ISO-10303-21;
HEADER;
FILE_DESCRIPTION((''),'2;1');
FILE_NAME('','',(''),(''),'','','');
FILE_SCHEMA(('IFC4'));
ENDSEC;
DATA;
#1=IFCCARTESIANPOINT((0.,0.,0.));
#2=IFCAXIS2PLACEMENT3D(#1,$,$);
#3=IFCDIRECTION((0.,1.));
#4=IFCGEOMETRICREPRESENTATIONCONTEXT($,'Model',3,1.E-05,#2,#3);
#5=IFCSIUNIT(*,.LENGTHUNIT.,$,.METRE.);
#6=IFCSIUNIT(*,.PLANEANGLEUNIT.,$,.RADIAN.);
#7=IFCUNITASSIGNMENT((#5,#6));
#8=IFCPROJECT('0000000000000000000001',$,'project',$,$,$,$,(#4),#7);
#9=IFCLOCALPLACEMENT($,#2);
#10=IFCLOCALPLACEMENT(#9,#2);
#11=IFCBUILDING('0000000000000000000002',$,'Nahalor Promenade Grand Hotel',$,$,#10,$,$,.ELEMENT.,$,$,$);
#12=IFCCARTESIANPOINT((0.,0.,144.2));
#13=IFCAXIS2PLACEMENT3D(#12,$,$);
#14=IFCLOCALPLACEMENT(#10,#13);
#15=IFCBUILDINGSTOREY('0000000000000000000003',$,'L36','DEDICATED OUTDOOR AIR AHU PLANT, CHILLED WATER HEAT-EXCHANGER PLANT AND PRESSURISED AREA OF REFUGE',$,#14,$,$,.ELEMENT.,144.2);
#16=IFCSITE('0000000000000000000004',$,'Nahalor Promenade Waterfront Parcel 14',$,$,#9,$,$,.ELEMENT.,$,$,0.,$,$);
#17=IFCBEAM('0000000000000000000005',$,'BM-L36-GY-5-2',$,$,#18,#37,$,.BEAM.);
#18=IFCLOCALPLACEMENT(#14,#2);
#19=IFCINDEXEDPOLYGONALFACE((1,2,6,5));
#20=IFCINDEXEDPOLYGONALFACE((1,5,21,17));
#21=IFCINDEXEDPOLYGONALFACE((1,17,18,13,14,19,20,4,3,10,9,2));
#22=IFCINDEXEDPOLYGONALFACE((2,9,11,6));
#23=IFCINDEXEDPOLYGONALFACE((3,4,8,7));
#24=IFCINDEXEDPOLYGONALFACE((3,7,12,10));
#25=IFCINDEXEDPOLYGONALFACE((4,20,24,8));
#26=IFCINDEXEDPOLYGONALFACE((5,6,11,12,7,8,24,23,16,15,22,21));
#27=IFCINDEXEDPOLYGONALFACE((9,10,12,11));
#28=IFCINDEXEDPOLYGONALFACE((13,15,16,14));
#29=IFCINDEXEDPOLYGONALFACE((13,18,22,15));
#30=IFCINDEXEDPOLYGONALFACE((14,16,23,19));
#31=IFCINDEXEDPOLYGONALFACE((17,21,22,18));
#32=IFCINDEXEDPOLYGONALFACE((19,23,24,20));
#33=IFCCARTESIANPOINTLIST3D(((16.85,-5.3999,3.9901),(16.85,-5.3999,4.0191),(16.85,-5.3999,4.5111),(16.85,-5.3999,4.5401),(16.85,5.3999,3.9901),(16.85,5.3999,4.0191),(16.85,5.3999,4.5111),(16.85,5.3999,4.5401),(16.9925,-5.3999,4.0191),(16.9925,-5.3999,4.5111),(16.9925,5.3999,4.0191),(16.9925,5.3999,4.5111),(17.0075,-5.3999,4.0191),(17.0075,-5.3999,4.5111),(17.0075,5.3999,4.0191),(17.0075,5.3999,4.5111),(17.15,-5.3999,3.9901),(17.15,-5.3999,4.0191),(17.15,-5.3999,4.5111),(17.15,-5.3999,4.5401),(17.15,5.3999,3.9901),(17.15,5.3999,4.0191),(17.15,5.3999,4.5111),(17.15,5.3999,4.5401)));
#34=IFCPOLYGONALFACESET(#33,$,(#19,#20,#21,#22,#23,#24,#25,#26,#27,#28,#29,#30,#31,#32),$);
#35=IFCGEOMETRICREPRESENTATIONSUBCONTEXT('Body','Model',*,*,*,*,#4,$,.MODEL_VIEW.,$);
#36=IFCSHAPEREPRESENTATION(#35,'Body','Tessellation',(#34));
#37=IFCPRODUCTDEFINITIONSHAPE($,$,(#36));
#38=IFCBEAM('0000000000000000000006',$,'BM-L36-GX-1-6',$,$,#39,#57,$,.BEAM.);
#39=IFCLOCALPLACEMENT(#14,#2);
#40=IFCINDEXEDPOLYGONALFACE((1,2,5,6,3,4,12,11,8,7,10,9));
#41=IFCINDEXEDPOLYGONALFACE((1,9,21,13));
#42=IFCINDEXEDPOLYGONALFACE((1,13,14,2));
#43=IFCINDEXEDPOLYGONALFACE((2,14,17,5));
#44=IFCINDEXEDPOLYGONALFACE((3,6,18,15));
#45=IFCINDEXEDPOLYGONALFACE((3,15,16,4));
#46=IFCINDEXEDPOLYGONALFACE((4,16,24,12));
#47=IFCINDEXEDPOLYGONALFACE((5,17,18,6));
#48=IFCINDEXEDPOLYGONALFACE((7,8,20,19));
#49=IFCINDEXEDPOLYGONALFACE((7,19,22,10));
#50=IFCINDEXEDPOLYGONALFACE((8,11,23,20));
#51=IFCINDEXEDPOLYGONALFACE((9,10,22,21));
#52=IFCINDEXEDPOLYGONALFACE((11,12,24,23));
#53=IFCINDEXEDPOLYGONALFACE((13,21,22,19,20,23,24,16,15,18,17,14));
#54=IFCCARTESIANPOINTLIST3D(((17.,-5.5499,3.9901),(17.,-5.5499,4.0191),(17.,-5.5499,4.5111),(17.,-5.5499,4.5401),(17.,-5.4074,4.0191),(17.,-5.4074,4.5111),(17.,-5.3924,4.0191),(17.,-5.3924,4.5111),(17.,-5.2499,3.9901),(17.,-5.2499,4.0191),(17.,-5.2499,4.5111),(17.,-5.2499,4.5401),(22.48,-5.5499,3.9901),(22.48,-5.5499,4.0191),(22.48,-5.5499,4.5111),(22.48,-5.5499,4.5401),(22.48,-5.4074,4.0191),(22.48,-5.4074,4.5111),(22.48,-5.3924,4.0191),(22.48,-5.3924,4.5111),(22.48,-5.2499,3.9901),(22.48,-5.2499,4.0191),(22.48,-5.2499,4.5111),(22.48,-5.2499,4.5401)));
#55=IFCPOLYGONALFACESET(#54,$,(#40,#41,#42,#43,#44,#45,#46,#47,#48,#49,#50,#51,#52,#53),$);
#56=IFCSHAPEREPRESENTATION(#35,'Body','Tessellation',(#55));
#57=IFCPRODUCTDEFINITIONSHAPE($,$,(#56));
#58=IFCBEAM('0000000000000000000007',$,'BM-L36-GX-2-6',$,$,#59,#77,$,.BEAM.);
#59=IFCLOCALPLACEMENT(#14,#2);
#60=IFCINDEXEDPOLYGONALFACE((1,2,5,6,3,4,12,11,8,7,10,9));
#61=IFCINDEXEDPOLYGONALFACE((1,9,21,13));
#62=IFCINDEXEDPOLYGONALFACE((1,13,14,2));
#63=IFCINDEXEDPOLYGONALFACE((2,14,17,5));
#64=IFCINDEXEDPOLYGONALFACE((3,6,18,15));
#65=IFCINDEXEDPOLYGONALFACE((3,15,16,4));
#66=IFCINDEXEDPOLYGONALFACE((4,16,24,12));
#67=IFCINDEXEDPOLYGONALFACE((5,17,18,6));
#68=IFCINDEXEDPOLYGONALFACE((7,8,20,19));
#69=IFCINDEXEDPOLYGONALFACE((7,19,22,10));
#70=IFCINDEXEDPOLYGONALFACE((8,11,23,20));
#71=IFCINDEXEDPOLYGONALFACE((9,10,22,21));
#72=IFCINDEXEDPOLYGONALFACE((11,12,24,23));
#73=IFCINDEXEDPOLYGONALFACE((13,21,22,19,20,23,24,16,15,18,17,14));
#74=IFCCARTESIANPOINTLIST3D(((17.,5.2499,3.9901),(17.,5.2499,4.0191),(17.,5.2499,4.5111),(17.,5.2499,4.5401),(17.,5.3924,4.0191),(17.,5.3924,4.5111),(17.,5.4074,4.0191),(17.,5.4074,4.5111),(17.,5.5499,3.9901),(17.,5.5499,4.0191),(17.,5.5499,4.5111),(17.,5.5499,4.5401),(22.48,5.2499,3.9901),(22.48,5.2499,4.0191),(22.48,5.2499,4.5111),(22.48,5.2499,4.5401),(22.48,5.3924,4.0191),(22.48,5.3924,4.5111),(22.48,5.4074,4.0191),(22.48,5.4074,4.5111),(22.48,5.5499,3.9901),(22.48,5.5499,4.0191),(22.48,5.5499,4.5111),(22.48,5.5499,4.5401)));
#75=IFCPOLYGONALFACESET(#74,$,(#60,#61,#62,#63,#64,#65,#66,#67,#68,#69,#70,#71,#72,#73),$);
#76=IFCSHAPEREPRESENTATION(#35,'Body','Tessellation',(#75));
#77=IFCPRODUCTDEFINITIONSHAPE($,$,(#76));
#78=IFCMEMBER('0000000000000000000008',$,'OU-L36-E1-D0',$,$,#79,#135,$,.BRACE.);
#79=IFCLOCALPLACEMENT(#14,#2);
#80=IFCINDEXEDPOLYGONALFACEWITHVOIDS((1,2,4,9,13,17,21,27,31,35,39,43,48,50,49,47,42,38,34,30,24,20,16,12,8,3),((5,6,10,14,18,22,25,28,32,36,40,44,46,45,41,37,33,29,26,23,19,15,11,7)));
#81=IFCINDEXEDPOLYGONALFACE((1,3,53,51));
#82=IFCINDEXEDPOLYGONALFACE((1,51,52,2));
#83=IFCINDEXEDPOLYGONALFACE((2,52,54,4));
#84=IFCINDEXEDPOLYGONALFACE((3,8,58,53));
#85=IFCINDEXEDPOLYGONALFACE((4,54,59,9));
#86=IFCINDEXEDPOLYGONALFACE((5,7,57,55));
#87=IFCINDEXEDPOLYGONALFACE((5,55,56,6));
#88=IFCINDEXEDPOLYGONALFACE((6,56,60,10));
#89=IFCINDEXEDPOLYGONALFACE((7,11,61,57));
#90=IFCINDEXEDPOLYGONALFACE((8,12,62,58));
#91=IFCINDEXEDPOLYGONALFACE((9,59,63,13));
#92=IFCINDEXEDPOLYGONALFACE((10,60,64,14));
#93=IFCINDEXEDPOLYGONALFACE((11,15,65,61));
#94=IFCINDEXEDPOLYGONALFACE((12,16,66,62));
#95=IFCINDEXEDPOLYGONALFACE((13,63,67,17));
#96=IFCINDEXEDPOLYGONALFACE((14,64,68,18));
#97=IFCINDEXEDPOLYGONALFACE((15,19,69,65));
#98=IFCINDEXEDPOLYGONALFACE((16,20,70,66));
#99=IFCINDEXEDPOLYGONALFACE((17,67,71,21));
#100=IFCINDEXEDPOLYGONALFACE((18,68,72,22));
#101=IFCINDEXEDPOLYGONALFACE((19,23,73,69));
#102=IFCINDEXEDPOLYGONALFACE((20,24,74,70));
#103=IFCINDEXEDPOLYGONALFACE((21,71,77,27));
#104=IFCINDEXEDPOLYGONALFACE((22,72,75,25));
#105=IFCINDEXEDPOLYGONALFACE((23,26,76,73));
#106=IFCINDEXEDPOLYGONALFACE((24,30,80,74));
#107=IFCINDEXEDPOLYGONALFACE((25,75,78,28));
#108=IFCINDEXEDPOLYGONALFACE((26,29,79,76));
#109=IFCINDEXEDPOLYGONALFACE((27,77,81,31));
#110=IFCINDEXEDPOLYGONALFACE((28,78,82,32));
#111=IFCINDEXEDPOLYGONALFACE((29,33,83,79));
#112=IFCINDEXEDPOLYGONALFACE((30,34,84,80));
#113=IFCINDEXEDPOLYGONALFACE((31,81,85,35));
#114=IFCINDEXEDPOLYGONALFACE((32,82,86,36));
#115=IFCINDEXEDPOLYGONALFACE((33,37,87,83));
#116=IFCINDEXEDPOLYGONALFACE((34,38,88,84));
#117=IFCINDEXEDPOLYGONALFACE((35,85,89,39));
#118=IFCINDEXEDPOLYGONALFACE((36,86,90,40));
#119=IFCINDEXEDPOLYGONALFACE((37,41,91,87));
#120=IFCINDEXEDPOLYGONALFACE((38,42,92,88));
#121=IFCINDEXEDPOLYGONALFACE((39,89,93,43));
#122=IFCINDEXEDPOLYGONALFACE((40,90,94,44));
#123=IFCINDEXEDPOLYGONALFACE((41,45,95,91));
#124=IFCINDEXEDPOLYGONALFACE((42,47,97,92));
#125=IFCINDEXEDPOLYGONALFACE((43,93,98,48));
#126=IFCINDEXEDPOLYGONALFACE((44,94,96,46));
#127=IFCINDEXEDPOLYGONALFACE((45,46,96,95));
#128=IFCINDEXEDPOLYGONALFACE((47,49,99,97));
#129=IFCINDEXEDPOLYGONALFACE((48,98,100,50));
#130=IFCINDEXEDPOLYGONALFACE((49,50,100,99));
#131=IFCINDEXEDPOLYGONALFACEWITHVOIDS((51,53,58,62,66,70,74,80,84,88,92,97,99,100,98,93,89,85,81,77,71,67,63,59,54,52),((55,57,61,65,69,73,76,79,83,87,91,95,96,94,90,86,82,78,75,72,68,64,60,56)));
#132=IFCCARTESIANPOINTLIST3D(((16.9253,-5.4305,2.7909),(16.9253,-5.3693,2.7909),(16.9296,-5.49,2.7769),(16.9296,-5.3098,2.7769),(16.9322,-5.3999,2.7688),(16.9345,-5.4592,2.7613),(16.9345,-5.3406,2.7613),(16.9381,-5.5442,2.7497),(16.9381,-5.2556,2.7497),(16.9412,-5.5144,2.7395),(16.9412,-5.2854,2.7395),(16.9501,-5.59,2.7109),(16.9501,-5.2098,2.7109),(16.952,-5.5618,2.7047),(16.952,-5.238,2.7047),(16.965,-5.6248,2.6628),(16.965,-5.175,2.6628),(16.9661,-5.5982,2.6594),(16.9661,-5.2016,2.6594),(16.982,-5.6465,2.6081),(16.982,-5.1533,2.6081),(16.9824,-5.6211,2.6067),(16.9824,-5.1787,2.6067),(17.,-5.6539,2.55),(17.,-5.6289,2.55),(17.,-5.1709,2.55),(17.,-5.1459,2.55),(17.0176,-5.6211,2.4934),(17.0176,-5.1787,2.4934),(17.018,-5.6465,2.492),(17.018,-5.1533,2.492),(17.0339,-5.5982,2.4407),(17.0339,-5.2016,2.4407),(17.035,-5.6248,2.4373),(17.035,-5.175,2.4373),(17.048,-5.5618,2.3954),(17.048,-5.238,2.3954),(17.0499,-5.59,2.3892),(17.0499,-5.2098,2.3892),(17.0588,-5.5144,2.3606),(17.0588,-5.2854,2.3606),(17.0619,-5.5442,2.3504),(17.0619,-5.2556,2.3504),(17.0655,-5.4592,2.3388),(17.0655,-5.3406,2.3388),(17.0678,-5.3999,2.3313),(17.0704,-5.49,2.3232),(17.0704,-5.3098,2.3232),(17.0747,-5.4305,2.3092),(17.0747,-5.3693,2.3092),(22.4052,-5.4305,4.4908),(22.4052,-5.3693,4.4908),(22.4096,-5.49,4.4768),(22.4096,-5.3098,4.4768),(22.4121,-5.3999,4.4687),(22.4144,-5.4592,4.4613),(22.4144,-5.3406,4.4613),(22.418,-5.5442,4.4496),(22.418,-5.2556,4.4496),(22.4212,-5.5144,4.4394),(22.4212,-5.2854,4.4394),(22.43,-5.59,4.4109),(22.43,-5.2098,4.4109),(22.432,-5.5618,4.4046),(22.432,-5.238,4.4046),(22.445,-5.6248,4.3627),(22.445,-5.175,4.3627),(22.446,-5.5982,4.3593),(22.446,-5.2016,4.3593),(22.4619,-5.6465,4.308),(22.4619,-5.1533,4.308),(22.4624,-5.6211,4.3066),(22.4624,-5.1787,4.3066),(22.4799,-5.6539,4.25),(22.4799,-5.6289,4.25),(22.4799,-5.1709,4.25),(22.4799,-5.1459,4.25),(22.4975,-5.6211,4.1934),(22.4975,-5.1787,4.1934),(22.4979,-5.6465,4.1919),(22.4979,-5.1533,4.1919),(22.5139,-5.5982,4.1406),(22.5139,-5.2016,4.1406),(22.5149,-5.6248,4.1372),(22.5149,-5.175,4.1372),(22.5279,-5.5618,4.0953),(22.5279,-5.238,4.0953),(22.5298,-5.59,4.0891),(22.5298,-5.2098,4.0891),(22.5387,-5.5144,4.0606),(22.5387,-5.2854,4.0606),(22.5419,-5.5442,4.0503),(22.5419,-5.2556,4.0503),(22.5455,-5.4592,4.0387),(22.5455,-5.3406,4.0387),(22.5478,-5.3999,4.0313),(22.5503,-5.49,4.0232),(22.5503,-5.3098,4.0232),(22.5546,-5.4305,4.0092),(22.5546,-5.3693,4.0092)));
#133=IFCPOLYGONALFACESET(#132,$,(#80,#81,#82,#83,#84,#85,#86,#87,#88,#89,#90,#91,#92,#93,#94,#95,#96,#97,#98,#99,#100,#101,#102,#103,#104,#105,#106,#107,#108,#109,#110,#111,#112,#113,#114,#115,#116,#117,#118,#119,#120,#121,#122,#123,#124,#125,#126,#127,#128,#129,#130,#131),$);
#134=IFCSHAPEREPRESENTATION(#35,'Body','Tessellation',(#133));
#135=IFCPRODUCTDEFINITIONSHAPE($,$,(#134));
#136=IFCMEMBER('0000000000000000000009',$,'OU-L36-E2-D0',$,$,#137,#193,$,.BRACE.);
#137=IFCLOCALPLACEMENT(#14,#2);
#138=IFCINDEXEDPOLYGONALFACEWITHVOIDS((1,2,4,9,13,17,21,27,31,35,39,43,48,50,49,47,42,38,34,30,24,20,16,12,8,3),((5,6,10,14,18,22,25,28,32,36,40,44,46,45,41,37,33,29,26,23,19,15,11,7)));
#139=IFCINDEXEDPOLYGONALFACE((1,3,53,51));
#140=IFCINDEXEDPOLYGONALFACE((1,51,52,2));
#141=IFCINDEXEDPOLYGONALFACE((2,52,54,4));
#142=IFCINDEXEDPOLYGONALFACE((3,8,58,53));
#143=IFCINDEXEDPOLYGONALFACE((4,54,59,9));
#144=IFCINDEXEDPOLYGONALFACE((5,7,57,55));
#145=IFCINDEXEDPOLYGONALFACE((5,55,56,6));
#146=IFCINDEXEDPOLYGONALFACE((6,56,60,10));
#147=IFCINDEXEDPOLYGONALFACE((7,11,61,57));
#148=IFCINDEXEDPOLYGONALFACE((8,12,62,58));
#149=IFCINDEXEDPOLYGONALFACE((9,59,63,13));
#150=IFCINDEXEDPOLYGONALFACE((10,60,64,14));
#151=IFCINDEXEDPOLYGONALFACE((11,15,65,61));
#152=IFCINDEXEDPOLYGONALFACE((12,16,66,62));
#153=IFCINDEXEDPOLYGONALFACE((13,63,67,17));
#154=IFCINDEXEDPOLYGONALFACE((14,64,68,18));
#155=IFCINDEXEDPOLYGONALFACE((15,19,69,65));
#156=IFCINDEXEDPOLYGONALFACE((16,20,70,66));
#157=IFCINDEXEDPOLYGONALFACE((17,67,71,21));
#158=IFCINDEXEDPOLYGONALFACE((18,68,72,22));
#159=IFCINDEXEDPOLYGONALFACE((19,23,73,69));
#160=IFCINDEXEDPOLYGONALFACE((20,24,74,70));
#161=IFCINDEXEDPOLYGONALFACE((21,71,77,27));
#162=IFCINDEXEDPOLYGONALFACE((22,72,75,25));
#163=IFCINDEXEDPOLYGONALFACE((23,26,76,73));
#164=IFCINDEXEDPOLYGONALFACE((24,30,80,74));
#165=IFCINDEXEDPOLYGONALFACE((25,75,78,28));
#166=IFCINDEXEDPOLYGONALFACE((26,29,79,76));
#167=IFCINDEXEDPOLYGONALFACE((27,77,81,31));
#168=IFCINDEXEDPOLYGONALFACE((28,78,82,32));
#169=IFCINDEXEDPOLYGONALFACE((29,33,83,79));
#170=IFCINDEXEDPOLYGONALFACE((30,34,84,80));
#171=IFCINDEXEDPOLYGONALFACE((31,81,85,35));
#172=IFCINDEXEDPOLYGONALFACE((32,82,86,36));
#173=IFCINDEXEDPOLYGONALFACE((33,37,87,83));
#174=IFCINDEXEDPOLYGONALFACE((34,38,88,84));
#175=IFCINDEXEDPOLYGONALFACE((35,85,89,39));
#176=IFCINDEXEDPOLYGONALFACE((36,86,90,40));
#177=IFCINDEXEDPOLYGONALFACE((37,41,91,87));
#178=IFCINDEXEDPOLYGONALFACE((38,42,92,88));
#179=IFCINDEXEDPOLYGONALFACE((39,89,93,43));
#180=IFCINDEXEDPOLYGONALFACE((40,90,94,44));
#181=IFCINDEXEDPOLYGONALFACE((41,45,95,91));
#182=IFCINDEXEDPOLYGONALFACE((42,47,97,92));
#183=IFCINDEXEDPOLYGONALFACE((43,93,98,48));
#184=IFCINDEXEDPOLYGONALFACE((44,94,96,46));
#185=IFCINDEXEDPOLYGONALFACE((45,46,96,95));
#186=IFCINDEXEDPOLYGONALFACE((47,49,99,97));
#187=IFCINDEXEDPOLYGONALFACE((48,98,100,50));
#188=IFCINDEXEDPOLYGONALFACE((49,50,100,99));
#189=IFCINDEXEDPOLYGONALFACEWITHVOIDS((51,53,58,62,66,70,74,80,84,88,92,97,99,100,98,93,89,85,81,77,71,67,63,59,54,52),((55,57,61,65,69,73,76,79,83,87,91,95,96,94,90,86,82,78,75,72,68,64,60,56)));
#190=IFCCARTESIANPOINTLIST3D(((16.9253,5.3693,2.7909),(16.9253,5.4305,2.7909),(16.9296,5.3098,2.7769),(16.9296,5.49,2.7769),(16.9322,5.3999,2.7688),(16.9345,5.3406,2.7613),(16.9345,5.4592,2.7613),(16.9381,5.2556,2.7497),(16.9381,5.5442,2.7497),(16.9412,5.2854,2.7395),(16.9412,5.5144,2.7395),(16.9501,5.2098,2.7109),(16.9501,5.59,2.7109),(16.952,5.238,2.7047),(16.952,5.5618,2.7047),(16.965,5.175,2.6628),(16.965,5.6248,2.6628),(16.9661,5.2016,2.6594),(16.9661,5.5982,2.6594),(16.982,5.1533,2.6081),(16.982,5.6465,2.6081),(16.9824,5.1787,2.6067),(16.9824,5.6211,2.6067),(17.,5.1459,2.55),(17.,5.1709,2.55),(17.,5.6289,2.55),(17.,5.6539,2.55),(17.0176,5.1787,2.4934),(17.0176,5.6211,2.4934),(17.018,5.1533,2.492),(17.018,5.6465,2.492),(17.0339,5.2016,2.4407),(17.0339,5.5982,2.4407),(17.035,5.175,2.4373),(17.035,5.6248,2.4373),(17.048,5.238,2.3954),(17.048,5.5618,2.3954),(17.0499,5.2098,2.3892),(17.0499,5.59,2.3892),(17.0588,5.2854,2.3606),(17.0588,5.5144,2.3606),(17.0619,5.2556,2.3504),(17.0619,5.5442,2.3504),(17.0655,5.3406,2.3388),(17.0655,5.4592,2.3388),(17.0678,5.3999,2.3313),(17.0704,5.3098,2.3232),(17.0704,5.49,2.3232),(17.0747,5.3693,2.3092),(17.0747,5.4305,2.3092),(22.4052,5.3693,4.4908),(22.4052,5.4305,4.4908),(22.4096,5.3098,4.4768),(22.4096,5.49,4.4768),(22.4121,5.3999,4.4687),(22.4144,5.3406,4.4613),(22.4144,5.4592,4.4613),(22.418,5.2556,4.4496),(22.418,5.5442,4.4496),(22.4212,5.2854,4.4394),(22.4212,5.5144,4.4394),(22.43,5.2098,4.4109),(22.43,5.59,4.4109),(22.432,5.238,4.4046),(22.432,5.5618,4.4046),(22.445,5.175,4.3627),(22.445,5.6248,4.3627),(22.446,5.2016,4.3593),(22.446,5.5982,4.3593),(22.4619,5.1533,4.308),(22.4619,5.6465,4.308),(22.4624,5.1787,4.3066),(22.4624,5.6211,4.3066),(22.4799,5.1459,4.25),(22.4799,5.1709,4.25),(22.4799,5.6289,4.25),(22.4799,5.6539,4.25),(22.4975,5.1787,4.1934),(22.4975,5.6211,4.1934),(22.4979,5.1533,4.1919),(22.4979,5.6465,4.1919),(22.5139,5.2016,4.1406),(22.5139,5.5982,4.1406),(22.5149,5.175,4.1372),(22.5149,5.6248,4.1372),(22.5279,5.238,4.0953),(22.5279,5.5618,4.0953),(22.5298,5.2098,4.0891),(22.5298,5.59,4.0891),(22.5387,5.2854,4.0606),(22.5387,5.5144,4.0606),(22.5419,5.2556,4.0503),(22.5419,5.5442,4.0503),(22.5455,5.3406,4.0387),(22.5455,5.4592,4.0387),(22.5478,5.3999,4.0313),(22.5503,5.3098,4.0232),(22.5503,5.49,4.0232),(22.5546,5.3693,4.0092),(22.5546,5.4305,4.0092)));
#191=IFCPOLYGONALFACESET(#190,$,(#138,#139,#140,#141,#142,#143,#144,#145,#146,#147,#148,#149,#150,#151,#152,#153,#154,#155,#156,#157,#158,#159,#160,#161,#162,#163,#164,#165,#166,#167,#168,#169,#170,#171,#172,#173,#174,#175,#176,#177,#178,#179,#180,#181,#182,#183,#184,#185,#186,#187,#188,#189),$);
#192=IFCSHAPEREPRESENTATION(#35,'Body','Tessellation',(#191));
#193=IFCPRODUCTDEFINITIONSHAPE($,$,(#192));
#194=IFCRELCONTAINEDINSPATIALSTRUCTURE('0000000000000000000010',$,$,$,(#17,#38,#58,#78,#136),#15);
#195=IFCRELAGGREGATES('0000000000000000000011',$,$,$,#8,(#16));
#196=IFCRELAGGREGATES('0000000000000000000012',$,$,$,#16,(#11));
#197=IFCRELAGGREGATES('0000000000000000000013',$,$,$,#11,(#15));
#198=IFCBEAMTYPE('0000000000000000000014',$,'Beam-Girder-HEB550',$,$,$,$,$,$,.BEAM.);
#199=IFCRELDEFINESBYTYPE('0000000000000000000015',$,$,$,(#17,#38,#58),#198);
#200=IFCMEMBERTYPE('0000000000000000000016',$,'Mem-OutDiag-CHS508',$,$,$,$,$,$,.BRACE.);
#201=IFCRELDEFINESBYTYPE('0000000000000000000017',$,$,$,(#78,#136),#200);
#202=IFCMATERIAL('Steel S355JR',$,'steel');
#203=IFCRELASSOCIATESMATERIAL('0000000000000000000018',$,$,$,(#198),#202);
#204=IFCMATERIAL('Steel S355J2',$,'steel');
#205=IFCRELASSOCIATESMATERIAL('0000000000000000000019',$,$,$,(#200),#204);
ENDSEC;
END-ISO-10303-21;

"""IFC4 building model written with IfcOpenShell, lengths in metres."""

from ifc_helpers import new_model, si_unit, direction, frame, origin, origin_2d, place, context, subcontext, project, spatial, hollow_circle, i_section, extrude, source, transform, mapped, material, material_profile, profile_set, type_object, element, save


model = new_model("IFC4")

# Units and contexts
model_context = context("Model", 3, precision=1e-05, world=origin(), true_north=direction((0.0, 1.0)))
body_context = subcontext(model_context, "Body", "Model", "MODEL_VIEW")
ifc_project = project(units=[si_unit("LENGTHUNIT", "METRE"), si_unit("PLANEANGLEUNIT", "RADIAN")], contexts=[model_context])

# Site, building, storey
site_placement = place(None, origin())
site = spatial("IfcSite", under=ifc_project, at=site_placement, Name="Nahalor Promenade Waterfront Parcel 14", CompositionType="ELEMENT", RefElevation=0.0)
building_placement = place(site_placement, origin())
building = spatial("IfcBuilding", under=site, at=building_placement, Name="Nahalor Promenade Grand Hotel", CompositionType="ELEMENT")
storey_placement = place(building_placement, frame((0.0, 0.0, 144.2)))
storey = spatial("IfcBuildingStorey", under=building, at=storey_placement, Name="L36", Description="DEDICATED OUTDOOR AIR AHU PLANT, CHILLED WATER HEAT-EXCHANGER PLANT AND PRESSURISED AREA OF REFUGE", CompositionType="ELEMENT", Elevation=144.2)

# Shared definitions
ifc_material_1 = material(Name="Steel S355J2", Category="steel")

# Beams
ifc_material_2 = material(Name="Steel S355JR", Category="steel")
ifc_material_profile_1 = material_profile(ifc_material_2, i_section(OverallWidth=0.3, OverallDepth=0.55, WebThickness=0.015, FlangeThickness=0.029, at=origin_2d()), Name="HEB 550")
ifc_profile_set_1 = profile_set([ifc_material_profile_1], Name="Steel S355JR")
beam_type_1 = type_object("IfcBeamType", Name="Beam-Girder-HEB550", PredefinedType="BEAM", material=ifc_profile_set_1)
shared_shape_1 = source(origin(), body_context, "Body", "SweptSolid", [
    extrude(i_section(OverallWidth=0.3, OverallDepth=0.55, WebThickness=0.015, FlangeThickness=0.029, at=origin_2d()), origin(), (0.0, 0.0, 1.0), 10.7998),
])
beam_1_placement = place(storey_placement, frame((17.0, -5.3999, 4.2651), z_axis=(0.0, 1.0, 0.0), x_axis=(-1.0, 0.0, 0.0)))
element("IfcBeam", 1, at=beam_1_placement, inside=storey, type_object=beam_type_1, Name="BM-L36-GY-5-2", PredefinedType="BEAM", context=body_context, shape_type="MappedRepresentation", body=[
    mapped(shared_shape_1, transform((0.0, 0.0, 0.0), scale=1.0)),
])
shared_shape_2 = source(origin(), body_context, "Body", "SweptSolid", [
    extrude(i_section(OverallWidth=0.3, OverallDepth=0.55, WebThickness=0.015, FlangeThickness=0.029, at=origin_2d()), origin(), (0.0, 0.0, 1.0), 5.48),
])
for number, where, z_axis, x_axis, name in (
    (2, (17.0, -5.3999, 4.2651), (1.0, 0.0, 0.0), (0.0, 1.0, 0.0), "BM-L36-GX-1-6"),
    (3, (17.0, 5.3999, 4.2651), (1.0, 0.0, 0.0), (0.0, 1.0, 0.0), "BM-L36-GX-2-6"),
):
    element("IfcBeam", number, at=place(storey_placement, frame(where, z_axis=z_axis, x_axis=x_axis)), inside=storey, type_object=beam_type_1, Name=name, PredefinedType="BEAM", context=body_context, shape_type="MappedRepresentation", body=[
        mapped(shared_shape_2, transform((0.0, 0.0, 0.0), scale=1.0)),
    ])

# Members
ifc_material_profile_2 = material_profile(ifc_material_1, hollow_circle(Radius=0.254, WallThickness=0.025, at=origin_2d()), Name="CHS 508x25")
ifc_profile_set_2 = profile_set([ifc_material_profile_2], Name="Steel S355J2")
member_type_1 = type_object("IfcMemberType", Name="Mem-OutDiag-CHS508", PredefinedType="BRACE", material=ifc_profile_set_2)
shared_shape_3 = source(origin(), body_context, "Body", "SweptSolid", [
    extrude(hollow_circle(Radius=0.254, WallThickness=0.025, at=origin_2d()), origin(), (0.0, 0.0, 1.0), 5.7375),
])
for number, where, z_axis, x_axis, name in (
    (4, (17.0, -5.3999, 2.55), (0.9551, 0.0, 0.296283), (0.0, 1.0, 0.0), "OU-L36-E1-D0"),
    (5, (17.0, 5.3999, 2.55), (0.9551, 0.0, 0.296283), (0.0, 1.0, 0.0), "OU-L36-E2-D0"),
):
    element("IfcMember", number, at=place(storey_placement, frame(where, z_axis=z_axis, x_axis=x_axis)), inside=storey, type_object=member_type_1, Name=name, PredefinedType="BRACE", context=body_context, shape_type="MappedRepresentation", body=[
        mapped(shared_shape_3, transform((0.0, 0.0, 0.0), scale=1.0)),
    ])

save(model, "model.ifc")
